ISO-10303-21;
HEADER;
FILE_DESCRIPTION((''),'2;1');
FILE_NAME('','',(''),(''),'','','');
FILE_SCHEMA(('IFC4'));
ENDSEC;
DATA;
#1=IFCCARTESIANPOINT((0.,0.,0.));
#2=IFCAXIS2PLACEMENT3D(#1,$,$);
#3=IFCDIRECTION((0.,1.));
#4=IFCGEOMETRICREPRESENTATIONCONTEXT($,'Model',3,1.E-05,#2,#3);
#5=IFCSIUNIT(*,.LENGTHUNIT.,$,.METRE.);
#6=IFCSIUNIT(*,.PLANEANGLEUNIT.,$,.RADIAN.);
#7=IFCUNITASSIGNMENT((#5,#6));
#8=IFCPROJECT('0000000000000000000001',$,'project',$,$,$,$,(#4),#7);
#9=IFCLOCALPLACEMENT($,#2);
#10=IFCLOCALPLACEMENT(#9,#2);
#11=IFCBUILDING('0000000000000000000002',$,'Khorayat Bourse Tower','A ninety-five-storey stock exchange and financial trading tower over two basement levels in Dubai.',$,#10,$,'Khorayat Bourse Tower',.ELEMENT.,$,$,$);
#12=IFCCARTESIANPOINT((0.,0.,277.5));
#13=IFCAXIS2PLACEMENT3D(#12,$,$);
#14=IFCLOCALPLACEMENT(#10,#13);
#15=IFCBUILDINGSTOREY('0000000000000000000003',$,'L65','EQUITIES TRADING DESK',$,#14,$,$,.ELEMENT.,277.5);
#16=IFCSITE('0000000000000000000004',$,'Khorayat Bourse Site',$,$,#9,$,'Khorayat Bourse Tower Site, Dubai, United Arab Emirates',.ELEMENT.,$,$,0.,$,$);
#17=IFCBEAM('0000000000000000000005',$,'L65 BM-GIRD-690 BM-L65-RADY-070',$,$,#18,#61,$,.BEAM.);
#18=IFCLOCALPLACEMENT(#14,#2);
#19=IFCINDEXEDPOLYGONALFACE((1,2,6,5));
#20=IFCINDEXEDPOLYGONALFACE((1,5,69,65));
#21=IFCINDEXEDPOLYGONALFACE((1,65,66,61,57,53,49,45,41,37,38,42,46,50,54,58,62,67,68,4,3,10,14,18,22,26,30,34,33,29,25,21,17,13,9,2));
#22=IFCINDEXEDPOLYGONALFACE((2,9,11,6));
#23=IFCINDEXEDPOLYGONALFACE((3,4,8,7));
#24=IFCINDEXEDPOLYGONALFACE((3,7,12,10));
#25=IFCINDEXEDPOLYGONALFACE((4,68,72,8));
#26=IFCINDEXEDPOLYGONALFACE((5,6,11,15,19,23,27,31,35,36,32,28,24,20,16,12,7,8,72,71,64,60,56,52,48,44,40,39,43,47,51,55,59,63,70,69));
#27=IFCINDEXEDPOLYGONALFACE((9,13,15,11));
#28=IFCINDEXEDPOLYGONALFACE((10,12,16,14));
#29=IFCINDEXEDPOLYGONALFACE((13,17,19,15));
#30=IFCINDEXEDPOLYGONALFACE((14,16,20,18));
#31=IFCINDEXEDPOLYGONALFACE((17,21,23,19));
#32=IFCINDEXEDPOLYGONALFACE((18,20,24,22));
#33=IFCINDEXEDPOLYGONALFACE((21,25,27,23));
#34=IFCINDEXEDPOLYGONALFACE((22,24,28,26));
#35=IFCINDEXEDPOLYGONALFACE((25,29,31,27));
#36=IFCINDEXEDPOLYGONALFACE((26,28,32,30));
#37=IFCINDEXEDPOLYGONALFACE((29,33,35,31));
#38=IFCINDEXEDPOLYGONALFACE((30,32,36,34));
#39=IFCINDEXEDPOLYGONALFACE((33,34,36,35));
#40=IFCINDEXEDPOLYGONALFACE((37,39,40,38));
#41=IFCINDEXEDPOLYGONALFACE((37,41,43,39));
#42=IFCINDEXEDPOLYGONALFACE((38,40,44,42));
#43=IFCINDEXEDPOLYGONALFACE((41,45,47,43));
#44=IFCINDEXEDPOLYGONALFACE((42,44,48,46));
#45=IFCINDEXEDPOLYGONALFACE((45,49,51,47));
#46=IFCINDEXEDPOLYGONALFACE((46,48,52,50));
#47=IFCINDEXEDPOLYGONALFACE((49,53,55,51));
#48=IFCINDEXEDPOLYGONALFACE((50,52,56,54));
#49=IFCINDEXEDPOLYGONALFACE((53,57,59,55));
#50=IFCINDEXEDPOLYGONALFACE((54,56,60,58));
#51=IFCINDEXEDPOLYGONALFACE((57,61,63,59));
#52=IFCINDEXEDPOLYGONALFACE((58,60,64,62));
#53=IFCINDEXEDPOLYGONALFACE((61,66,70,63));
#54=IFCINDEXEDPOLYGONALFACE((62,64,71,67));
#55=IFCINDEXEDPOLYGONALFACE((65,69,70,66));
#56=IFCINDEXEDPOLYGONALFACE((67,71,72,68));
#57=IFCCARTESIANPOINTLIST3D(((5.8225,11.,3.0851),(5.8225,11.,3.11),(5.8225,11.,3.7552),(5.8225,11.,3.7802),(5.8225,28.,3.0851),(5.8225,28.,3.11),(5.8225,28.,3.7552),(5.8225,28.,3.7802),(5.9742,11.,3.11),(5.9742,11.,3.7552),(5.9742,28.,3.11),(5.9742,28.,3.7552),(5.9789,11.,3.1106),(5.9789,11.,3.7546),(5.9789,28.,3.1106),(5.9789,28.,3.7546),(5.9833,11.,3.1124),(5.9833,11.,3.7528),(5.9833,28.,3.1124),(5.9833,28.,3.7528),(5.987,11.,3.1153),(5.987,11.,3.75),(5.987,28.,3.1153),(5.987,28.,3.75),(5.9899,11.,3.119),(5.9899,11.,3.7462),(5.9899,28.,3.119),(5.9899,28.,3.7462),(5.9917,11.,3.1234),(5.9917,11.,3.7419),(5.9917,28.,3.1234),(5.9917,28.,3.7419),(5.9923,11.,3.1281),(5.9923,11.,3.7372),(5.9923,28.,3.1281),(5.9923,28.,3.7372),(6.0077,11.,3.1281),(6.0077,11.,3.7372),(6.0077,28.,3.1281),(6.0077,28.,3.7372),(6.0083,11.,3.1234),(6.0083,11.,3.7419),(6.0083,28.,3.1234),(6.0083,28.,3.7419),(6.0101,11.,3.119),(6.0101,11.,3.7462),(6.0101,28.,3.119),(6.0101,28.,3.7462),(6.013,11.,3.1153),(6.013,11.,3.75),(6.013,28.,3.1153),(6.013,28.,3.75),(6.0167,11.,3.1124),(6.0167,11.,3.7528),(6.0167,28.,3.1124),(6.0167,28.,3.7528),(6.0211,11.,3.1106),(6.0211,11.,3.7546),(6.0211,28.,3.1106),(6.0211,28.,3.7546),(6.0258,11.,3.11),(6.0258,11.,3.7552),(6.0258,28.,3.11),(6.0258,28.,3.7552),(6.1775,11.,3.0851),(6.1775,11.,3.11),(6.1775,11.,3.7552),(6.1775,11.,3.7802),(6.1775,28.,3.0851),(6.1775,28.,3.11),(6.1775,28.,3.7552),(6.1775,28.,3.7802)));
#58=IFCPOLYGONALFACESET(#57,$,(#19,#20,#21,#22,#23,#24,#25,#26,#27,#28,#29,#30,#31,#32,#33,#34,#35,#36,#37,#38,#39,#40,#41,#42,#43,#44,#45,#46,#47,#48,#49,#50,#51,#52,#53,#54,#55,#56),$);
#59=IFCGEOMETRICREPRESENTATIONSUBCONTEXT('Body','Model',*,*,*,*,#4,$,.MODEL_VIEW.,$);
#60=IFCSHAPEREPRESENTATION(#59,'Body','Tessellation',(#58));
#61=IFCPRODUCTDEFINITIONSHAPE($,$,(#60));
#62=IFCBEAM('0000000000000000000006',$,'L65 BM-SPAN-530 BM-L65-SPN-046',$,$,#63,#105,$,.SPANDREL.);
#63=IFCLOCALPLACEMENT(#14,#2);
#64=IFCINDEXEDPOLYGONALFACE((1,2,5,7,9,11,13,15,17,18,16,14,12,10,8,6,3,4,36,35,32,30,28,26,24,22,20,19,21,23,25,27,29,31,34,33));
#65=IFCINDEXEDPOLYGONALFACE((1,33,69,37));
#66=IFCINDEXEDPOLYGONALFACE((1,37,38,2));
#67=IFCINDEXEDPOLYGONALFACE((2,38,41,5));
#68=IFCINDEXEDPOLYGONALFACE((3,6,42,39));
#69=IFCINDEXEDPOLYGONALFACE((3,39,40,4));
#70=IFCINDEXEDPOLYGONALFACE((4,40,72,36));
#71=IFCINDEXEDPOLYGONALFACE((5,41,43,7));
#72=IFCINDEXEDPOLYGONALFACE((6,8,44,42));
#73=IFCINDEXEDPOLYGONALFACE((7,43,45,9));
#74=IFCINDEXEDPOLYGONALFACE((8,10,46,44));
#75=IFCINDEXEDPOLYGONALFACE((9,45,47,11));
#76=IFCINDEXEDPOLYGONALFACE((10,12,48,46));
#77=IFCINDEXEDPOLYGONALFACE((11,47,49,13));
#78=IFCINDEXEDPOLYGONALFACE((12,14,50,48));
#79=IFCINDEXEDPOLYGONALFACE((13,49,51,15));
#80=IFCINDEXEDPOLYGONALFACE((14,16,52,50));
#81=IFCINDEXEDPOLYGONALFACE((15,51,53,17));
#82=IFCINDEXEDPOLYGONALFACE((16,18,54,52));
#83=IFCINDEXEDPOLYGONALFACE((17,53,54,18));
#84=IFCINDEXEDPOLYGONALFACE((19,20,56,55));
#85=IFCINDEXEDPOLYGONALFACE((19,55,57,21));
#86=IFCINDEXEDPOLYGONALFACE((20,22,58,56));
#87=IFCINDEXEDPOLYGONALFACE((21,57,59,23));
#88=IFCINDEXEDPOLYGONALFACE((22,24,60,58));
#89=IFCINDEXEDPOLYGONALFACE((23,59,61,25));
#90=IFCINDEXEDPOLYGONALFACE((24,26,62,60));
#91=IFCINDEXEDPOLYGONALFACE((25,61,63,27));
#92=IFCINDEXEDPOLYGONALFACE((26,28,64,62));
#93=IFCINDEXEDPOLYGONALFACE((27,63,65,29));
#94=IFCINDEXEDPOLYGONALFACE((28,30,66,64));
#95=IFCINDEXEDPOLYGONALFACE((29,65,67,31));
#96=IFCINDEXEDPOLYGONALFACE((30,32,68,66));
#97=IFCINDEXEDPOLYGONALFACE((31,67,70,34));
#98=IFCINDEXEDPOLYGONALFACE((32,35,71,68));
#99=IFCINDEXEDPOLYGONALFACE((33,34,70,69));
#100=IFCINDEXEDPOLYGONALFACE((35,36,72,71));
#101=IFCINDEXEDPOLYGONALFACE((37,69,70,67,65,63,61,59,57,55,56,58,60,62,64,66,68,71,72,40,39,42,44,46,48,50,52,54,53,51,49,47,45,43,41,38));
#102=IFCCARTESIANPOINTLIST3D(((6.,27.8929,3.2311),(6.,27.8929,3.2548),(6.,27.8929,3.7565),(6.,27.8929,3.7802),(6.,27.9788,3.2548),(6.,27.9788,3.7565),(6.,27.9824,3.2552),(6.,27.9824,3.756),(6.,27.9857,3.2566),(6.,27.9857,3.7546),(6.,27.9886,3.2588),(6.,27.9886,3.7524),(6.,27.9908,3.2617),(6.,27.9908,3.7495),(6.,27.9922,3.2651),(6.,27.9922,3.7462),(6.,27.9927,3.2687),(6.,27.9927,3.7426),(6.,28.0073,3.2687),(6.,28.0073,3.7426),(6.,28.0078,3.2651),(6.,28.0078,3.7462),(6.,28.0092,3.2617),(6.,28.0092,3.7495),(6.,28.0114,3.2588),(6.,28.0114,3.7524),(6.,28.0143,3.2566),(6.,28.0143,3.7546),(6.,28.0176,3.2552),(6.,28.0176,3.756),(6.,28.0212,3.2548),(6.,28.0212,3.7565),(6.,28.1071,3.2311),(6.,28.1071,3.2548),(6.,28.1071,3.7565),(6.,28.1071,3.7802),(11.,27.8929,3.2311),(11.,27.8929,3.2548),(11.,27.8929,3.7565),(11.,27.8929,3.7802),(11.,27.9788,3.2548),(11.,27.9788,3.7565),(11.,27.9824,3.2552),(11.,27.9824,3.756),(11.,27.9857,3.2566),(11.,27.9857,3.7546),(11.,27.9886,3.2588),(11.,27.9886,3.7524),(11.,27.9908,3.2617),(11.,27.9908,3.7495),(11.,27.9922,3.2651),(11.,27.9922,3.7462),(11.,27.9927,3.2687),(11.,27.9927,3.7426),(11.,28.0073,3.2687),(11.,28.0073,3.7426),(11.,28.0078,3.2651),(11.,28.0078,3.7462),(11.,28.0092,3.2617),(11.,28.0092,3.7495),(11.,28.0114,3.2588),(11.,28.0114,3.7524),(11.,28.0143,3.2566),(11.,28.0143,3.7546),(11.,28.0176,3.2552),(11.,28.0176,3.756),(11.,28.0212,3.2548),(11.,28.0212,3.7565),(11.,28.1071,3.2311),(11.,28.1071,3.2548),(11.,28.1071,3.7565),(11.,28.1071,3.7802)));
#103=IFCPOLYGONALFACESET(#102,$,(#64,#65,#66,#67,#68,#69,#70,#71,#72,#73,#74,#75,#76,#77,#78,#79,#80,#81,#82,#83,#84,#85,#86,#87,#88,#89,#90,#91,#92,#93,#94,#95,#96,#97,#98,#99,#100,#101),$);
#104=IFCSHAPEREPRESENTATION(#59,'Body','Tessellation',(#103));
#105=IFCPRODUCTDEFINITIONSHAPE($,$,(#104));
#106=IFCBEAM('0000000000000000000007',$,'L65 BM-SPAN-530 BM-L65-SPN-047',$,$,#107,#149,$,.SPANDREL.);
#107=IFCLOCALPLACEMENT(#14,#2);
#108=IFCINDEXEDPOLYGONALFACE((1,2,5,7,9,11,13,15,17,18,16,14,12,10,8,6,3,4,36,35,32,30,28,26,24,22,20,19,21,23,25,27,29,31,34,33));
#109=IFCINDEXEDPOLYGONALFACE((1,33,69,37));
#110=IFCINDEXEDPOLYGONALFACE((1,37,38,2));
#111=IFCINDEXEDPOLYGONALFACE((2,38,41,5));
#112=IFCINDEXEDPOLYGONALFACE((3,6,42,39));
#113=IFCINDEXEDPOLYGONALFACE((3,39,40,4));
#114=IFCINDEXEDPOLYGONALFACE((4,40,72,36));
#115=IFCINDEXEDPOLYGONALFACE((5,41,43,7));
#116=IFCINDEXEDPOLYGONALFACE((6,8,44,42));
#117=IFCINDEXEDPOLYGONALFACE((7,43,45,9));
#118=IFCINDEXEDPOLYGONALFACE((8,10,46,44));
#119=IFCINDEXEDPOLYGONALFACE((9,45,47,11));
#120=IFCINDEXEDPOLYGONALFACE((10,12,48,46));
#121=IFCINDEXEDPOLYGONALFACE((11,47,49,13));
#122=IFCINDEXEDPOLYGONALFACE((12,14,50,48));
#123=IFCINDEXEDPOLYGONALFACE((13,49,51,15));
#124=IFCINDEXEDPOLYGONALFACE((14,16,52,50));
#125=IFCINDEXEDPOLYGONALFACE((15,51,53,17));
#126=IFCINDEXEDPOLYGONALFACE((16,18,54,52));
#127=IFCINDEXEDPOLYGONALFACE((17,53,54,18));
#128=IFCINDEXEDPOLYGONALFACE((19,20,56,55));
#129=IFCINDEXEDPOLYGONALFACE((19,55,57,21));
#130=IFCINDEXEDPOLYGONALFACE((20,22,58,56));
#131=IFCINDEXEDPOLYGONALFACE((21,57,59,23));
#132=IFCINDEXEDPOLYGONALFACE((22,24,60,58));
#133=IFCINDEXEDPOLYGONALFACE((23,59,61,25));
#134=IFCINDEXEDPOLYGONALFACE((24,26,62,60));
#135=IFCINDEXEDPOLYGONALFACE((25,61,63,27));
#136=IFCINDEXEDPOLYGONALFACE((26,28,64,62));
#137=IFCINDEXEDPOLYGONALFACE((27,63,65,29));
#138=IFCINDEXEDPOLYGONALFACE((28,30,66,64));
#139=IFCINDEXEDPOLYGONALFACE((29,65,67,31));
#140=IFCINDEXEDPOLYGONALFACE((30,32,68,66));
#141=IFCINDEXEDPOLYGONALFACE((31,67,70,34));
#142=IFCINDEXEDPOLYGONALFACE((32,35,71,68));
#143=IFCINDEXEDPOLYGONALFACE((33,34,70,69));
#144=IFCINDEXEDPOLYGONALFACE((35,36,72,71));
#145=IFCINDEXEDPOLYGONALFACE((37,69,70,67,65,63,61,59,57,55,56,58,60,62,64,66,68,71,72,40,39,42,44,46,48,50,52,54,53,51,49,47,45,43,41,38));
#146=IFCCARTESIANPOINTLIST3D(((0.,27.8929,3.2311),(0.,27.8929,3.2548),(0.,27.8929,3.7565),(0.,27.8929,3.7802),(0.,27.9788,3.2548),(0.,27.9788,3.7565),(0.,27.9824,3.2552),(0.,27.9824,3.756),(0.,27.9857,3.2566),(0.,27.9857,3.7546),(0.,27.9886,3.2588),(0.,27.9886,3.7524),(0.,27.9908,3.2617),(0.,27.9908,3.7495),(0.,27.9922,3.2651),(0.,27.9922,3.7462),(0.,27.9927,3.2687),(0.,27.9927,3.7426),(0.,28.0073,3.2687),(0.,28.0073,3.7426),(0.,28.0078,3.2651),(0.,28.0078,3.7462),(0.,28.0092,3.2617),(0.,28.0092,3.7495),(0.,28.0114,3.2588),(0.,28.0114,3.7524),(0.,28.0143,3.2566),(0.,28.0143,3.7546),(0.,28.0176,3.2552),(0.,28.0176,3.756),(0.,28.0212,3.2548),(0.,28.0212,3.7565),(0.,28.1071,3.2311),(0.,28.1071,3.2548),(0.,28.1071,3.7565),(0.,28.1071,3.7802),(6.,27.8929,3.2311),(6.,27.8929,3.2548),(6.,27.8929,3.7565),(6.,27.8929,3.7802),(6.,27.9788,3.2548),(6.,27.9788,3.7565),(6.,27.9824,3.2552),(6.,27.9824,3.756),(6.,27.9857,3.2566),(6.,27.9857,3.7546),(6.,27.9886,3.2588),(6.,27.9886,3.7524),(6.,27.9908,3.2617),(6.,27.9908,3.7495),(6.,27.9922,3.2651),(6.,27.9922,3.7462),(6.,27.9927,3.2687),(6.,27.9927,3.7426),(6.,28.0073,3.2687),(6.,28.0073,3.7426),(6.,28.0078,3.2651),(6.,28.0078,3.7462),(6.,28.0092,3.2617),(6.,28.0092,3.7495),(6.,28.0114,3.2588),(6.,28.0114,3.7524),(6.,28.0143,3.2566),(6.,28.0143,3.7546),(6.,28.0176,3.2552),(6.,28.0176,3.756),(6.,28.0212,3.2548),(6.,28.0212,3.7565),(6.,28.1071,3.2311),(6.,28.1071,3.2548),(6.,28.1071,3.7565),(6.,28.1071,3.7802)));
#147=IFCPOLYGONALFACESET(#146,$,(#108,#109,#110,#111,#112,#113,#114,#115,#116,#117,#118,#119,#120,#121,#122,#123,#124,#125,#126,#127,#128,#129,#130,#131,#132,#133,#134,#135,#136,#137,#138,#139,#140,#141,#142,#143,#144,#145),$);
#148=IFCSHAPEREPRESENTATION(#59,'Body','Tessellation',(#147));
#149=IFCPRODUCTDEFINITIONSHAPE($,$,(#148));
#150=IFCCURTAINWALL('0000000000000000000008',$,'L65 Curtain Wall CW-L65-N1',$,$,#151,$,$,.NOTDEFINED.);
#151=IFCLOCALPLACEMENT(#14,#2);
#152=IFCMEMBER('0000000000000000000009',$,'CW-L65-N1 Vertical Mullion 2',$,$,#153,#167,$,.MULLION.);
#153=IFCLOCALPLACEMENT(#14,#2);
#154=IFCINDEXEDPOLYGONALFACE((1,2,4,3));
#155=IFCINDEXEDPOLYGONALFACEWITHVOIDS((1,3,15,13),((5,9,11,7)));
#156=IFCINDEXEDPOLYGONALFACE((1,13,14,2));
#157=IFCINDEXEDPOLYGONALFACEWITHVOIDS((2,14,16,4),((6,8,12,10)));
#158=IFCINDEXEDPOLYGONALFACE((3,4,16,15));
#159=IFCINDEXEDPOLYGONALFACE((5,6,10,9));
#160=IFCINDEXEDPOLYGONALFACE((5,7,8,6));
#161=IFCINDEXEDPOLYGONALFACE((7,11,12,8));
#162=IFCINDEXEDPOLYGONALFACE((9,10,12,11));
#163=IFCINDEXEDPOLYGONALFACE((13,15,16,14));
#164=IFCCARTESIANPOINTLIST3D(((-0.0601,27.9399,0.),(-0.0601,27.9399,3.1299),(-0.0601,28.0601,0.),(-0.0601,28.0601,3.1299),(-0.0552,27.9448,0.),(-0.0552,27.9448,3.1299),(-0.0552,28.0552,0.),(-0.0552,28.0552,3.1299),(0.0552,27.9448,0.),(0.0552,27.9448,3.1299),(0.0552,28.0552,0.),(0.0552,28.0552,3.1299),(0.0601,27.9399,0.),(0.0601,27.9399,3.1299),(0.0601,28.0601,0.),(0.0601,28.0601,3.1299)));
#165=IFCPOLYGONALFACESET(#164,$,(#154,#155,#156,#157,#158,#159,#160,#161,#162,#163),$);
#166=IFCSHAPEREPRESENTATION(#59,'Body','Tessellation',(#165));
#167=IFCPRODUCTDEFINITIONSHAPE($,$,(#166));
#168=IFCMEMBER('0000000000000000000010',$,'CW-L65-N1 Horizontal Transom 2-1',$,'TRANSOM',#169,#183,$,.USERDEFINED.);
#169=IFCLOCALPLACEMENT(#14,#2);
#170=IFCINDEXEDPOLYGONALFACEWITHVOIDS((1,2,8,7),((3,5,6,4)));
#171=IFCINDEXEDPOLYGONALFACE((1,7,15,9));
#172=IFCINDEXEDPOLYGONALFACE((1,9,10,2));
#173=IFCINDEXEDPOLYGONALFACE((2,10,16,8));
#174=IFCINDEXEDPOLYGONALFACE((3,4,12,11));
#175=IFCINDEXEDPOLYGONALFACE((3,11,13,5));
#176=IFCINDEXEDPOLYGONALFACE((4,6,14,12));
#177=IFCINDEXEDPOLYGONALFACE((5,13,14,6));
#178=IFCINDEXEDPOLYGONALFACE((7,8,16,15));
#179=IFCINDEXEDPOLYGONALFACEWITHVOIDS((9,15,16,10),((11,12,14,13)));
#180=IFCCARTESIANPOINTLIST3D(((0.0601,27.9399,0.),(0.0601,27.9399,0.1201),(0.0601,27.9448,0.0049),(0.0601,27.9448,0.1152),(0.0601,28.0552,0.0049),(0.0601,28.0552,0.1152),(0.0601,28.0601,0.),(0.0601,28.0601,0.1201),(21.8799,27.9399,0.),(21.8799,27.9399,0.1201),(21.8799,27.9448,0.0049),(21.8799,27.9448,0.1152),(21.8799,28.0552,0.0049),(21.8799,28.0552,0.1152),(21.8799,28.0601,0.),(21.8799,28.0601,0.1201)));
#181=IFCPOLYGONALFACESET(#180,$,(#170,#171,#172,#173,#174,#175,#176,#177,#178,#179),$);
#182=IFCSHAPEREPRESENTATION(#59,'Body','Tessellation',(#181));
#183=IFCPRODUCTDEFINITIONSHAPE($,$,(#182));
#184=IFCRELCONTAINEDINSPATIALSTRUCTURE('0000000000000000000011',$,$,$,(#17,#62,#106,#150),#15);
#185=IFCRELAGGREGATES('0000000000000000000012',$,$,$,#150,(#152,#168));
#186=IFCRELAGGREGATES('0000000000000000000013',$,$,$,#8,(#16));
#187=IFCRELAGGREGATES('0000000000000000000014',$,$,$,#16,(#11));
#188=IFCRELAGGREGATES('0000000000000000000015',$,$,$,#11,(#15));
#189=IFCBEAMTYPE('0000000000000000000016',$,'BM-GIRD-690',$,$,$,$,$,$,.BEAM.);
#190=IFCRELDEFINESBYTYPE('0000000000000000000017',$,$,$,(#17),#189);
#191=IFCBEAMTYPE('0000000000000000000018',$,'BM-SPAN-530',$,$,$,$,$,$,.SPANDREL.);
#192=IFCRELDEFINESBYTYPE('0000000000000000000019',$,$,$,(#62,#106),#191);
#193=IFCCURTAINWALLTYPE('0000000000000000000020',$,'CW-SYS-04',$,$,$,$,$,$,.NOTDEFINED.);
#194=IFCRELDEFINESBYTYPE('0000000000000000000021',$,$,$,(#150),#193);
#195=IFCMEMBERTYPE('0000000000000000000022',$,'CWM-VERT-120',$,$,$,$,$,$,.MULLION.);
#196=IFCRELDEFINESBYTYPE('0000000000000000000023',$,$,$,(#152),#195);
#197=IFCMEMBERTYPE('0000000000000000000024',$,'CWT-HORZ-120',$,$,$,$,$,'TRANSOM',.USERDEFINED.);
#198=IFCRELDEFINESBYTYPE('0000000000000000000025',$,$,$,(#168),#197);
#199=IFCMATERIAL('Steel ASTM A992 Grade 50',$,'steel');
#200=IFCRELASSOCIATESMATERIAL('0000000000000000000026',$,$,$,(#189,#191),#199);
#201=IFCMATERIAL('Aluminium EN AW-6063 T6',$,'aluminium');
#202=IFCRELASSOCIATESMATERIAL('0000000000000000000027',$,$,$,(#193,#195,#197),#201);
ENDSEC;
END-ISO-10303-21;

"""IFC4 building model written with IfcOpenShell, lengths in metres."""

from ifc_helpers import new_model, si_unit, direction, frame, origin, origin_2d, place, context, subcontext, project, spatial, hollow_rectangle, i_section, extrude, source, transform, mapped, material, material_profile, profile_set, type_object, element, aggregate, save


model = new_model("IFC4")

# Units and contexts
model_context = context("Model", 3, precision=1e-05, world=origin(), true_north=direction((0.0, 1.0)))
body_context = subcontext(model_context, "Body", "Model", "MODEL_VIEW")
ifc_project = project(units=[si_unit("LENGTHUNIT", "METRE"), si_unit("PLANEANGLEUNIT", "RADIAN")], contexts=[model_context])

# Site, building, storey
site_placement = place(None, origin())
site = spatial("IfcSite", under=ifc_project, at=site_placement, Name="Khorayat Bourse Site", LongName="Khorayat Bourse Tower Site, Dubai, United Arab Emirates", CompositionType="ELEMENT", RefElevation=0.0)
building_placement = place(site_placement, origin())
building = spatial("IfcBuilding", under=site, at=building_placement, Name="Khorayat Bourse Tower", Description="A ninety-five-storey stock exchange and financial trading tower over two basement levels in Dubai.", LongName="Khorayat Bourse Tower", CompositionType="ELEMENT")
storey_placement = place(building_placement, frame((0.0, 0.0, 277.5)))
storey = spatial("IfcBuildingStorey", under=building, at=storey_placement, Name="L65", Description="EQUITIES TRADING DESK", CompositionType="ELEMENT", Elevation=277.5)

# Beams
ifc_material_1 = material(Name="Steel ASTM A992 Grade 50", Category="steel")
ifc_material_profile_1 = material_profile(ifc_material_1, i_section(OverallWidth=0.355, OverallDepth=0.6951, WebThickness=0.0154, FlangeThickness=0.0249, FilletRadius=0.0181, at=origin_2d()), Name="W690X217")
ifc_profile_set_1 = profile_set([ifc_material_profile_1], Name="Steel ASTM A992 Grade 50")
beam_type_1 = type_object("IfcBeamType", Name="BM-GIRD-690", PredefinedType="BEAM", material=ifc_profile_set_1)
shared_shape_1 = source(origin(), body_context, "Body", "SweptSolid", [
    extrude(i_section(OverallWidth=0.355, OverallDepth=0.6951, WebThickness=0.0154, FlangeThickness=0.0249, FilletRadius=0.0181, at=origin_2d()), origin(), (0.0, 0.0, 1.0), 17.0),
])
for number, where, z_axis, x_axis, name in (
    (1, (6.0, 11.0, 3.4326), (0.0, 1.0, 0.0), (-1.0, 0.0, 0.0), "L65 BM-GIRD-690 BM-L65-RADY-070"),
):
    element("IfcBeam", number, at=place(storey_placement, frame(where, z_axis=z_axis, x_axis=x_axis)), inside=storey, type_object=beam_type_1, Name=name, PredefinedType="BEAM", context=body_context, shape_type="MappedRepresentation", body=[
        mapped(shared_shape_1, transform((0.0, 0.0, 0.0), scale=1.0)),
    ])
ifc_material_profile_2 = material_profile(ifc_material_1, i_section(OverallWidth=0.2141, OverallDepth=0.5491, WebThickness=0.0146, FlangeThickness=0.0237, FilletRadius=0.0139, at=origin_2d()), Name="W530X138")
ifc_profile_set_2 = profile_set([ifc_material_profile_2], Name="Steel ASTM A992 Grade 50")
beam_type_2 = type_object("IfcBeamType", Name="BM-SPAN-530", PredefinedType="SPANDREL", material=ifc_profile_set_2)
shared_shape_2 = source(origin(), body_context, "Body", "SweptSolid", [
    extrude(i_section(OverallWidth=0.2141, OverallDepth=0.5491, WebThickness=0.0146, FlangeThickness=0.0237, FilletRadius=0.0139, at=origin_2d()), origin(), (0.0, 0.0, 1.0), 5.0),
])
beam_1_placement = place(storey_placement, frame((6.0, 28.0, 3.5056), z_axis=(1.0, 0.0, 0.0), x_axis=(0.0, 1.0, 0.0)))
element("IfcBeam", 2, at=beam_1_placement, inside=storey, type_object=beam_type_2, Name="L65 BM-SPAN-530 BM-L65-SPN-046", PredefinedType="SPANDREL", context=body_context, shape_type="MappedRepresentation", body=[
    mapped(shared_shape_2, transform((0.0, 0.0, 0.0), scale=1.0)),
])
shared_shape_3 = source(origin(), body_context, "Body", "SweptSolid", [
    extrude(i_section(OverallWidth=0.2141, OverallDepth=0.5491, WebThickness=0.0146, FlangeThickness=0.0237, FilletRadius=0.0139, at=origin_2d()), origin(), (0.0, 0.0, 1.0), 6.0),
])
beam_2_placement = place(storey_placement, frame((0.0, 28.0, 3.5056), z_axis=(1.0, 0.0, 0.0), x_axis=(0.0, 1.0, 0.0)))
element("IfcBeam", 3, at=beam_2_placement, inside=storey, type_object=beam_type_2, Name="L65 BM-SPAN-530 BM-L65-SPN-047", PredefinedType="SPANDREL", context=body_context, shape_type="MappedRepresentation", body=[
    mapped(shared_shape_3, transform((0.0, 0.0, 0.0), scale=1.0)),
])

# Curtain wall, members
ifc_material_2 = material(Name="Aluminium EN AW-6063 T6", Category="aluminium")
curtain_wall_type = type_object("IfcCurtainWallType", Name="CW-SYS-04", PredefinedType="NOTDEFINED", material=ifc_material_2)
curtain_wall_placement = place(storey_placement, origin())
curtain_wall = element("IfcCurtainWall", 4, at=curtain_wall_placement, inside=storey, type_object=curtain_wall_type, Name="L65 Curtain Wall CW-L65-N1", PredefinedType="NOTDEFINED")
ifc_material_profile_3 = material_profile(ifc_material_2, hollow_rectangle(XDim=0.1201, YDim=0.1201, WallThickness=0.0049, at=origin_2d()), Name="ALU 120x120x5")
ifc_profile_set_3 = profile_set([ifc_material_profile_3], Name="Aluminium EN AW-6063 T6")
member_type_1 = type_object("IfcMemberType", Name="CWM-VERT-120", PredefinedType="MULLION", material=ifc_profile_set_3)
shared_shape_4 = source(origin(), body_context, "Body", "SweptSolid", [
    extrude(hollow_rectangle(XDim=0.1201, YDim=0.1201, WallThickness=0.0049, at=origin_2d()), origin(), (0.0, 0.0, 1.0), 3.1299),
])
member_1_placement = place(storey_placement, frame((0.0, 28.0, 0.0), z_axis=(0.0, 0.0, 1.0), x_axis=(0.0, 1.0, 0.0)))
member_1 = element("IfcMember", 5, at=member_1_placement, type_object=member_type_1, Name="CW-L65-N1 Vertical Mullion 2", PredefinedType="MULLION", context=body_context, shape_type="MappedRepresentation", body=[
    mapped(shared_shape_4, transform((0.0, 0.0, 0.0), scale=1.0)),
])
ifc_material_profile_4 = material_profile(ifc_material_2, hollow_rectangle(XDim=0.1201, YDim=0.1201, WallThickness=0.0049, at=origin_2d()), Name="ALU 120x120x5")
ifc_profile_set_4 = profile_set([ifc_material_profile_4], Name="Aluminium EN AW-6063 T6")
member_type_2 = type_object("IfcMemberType", Name="CWT-HORZ-120", ElementType="TRANSOM", PredefinedType="USERDEFINED", material=ifc_profile_set_4)
shared_shape_5 = source(origin(), body_context, "Body", "SweptSolid", [
    extrude(hollow_rectangle(XDim=0.1201, YDim=0.1201, WallThickness=0.0049, at=origin_2d()), origin(), (0.0, 0.0, 1.0), 21.8198),
])
member_2_placement = place(storey_placement, frame((0.0601, 28.0, 0.0601), z_axis=(1.0, 0.0, 0.0), x_axis=(0.0, 1.0, 0.0)))
member_2 = element("IfcMember", 6, at=member_2_placement, type_object=member_type_2, Name="CW-L65-N1 Horizontal Transom 2-1", ObjectType="TRANSOM", PredefinedType="USERDEFINED", context=body_context, shape_type="MappedRepresentation", body=[
    mapped(shared_shape_5, transform((0.0, 0.0, 0.0), scale=1.0)),
])

aggregate(curtain_wall, [member_1, member_2])

save(model, "model.ifc")
